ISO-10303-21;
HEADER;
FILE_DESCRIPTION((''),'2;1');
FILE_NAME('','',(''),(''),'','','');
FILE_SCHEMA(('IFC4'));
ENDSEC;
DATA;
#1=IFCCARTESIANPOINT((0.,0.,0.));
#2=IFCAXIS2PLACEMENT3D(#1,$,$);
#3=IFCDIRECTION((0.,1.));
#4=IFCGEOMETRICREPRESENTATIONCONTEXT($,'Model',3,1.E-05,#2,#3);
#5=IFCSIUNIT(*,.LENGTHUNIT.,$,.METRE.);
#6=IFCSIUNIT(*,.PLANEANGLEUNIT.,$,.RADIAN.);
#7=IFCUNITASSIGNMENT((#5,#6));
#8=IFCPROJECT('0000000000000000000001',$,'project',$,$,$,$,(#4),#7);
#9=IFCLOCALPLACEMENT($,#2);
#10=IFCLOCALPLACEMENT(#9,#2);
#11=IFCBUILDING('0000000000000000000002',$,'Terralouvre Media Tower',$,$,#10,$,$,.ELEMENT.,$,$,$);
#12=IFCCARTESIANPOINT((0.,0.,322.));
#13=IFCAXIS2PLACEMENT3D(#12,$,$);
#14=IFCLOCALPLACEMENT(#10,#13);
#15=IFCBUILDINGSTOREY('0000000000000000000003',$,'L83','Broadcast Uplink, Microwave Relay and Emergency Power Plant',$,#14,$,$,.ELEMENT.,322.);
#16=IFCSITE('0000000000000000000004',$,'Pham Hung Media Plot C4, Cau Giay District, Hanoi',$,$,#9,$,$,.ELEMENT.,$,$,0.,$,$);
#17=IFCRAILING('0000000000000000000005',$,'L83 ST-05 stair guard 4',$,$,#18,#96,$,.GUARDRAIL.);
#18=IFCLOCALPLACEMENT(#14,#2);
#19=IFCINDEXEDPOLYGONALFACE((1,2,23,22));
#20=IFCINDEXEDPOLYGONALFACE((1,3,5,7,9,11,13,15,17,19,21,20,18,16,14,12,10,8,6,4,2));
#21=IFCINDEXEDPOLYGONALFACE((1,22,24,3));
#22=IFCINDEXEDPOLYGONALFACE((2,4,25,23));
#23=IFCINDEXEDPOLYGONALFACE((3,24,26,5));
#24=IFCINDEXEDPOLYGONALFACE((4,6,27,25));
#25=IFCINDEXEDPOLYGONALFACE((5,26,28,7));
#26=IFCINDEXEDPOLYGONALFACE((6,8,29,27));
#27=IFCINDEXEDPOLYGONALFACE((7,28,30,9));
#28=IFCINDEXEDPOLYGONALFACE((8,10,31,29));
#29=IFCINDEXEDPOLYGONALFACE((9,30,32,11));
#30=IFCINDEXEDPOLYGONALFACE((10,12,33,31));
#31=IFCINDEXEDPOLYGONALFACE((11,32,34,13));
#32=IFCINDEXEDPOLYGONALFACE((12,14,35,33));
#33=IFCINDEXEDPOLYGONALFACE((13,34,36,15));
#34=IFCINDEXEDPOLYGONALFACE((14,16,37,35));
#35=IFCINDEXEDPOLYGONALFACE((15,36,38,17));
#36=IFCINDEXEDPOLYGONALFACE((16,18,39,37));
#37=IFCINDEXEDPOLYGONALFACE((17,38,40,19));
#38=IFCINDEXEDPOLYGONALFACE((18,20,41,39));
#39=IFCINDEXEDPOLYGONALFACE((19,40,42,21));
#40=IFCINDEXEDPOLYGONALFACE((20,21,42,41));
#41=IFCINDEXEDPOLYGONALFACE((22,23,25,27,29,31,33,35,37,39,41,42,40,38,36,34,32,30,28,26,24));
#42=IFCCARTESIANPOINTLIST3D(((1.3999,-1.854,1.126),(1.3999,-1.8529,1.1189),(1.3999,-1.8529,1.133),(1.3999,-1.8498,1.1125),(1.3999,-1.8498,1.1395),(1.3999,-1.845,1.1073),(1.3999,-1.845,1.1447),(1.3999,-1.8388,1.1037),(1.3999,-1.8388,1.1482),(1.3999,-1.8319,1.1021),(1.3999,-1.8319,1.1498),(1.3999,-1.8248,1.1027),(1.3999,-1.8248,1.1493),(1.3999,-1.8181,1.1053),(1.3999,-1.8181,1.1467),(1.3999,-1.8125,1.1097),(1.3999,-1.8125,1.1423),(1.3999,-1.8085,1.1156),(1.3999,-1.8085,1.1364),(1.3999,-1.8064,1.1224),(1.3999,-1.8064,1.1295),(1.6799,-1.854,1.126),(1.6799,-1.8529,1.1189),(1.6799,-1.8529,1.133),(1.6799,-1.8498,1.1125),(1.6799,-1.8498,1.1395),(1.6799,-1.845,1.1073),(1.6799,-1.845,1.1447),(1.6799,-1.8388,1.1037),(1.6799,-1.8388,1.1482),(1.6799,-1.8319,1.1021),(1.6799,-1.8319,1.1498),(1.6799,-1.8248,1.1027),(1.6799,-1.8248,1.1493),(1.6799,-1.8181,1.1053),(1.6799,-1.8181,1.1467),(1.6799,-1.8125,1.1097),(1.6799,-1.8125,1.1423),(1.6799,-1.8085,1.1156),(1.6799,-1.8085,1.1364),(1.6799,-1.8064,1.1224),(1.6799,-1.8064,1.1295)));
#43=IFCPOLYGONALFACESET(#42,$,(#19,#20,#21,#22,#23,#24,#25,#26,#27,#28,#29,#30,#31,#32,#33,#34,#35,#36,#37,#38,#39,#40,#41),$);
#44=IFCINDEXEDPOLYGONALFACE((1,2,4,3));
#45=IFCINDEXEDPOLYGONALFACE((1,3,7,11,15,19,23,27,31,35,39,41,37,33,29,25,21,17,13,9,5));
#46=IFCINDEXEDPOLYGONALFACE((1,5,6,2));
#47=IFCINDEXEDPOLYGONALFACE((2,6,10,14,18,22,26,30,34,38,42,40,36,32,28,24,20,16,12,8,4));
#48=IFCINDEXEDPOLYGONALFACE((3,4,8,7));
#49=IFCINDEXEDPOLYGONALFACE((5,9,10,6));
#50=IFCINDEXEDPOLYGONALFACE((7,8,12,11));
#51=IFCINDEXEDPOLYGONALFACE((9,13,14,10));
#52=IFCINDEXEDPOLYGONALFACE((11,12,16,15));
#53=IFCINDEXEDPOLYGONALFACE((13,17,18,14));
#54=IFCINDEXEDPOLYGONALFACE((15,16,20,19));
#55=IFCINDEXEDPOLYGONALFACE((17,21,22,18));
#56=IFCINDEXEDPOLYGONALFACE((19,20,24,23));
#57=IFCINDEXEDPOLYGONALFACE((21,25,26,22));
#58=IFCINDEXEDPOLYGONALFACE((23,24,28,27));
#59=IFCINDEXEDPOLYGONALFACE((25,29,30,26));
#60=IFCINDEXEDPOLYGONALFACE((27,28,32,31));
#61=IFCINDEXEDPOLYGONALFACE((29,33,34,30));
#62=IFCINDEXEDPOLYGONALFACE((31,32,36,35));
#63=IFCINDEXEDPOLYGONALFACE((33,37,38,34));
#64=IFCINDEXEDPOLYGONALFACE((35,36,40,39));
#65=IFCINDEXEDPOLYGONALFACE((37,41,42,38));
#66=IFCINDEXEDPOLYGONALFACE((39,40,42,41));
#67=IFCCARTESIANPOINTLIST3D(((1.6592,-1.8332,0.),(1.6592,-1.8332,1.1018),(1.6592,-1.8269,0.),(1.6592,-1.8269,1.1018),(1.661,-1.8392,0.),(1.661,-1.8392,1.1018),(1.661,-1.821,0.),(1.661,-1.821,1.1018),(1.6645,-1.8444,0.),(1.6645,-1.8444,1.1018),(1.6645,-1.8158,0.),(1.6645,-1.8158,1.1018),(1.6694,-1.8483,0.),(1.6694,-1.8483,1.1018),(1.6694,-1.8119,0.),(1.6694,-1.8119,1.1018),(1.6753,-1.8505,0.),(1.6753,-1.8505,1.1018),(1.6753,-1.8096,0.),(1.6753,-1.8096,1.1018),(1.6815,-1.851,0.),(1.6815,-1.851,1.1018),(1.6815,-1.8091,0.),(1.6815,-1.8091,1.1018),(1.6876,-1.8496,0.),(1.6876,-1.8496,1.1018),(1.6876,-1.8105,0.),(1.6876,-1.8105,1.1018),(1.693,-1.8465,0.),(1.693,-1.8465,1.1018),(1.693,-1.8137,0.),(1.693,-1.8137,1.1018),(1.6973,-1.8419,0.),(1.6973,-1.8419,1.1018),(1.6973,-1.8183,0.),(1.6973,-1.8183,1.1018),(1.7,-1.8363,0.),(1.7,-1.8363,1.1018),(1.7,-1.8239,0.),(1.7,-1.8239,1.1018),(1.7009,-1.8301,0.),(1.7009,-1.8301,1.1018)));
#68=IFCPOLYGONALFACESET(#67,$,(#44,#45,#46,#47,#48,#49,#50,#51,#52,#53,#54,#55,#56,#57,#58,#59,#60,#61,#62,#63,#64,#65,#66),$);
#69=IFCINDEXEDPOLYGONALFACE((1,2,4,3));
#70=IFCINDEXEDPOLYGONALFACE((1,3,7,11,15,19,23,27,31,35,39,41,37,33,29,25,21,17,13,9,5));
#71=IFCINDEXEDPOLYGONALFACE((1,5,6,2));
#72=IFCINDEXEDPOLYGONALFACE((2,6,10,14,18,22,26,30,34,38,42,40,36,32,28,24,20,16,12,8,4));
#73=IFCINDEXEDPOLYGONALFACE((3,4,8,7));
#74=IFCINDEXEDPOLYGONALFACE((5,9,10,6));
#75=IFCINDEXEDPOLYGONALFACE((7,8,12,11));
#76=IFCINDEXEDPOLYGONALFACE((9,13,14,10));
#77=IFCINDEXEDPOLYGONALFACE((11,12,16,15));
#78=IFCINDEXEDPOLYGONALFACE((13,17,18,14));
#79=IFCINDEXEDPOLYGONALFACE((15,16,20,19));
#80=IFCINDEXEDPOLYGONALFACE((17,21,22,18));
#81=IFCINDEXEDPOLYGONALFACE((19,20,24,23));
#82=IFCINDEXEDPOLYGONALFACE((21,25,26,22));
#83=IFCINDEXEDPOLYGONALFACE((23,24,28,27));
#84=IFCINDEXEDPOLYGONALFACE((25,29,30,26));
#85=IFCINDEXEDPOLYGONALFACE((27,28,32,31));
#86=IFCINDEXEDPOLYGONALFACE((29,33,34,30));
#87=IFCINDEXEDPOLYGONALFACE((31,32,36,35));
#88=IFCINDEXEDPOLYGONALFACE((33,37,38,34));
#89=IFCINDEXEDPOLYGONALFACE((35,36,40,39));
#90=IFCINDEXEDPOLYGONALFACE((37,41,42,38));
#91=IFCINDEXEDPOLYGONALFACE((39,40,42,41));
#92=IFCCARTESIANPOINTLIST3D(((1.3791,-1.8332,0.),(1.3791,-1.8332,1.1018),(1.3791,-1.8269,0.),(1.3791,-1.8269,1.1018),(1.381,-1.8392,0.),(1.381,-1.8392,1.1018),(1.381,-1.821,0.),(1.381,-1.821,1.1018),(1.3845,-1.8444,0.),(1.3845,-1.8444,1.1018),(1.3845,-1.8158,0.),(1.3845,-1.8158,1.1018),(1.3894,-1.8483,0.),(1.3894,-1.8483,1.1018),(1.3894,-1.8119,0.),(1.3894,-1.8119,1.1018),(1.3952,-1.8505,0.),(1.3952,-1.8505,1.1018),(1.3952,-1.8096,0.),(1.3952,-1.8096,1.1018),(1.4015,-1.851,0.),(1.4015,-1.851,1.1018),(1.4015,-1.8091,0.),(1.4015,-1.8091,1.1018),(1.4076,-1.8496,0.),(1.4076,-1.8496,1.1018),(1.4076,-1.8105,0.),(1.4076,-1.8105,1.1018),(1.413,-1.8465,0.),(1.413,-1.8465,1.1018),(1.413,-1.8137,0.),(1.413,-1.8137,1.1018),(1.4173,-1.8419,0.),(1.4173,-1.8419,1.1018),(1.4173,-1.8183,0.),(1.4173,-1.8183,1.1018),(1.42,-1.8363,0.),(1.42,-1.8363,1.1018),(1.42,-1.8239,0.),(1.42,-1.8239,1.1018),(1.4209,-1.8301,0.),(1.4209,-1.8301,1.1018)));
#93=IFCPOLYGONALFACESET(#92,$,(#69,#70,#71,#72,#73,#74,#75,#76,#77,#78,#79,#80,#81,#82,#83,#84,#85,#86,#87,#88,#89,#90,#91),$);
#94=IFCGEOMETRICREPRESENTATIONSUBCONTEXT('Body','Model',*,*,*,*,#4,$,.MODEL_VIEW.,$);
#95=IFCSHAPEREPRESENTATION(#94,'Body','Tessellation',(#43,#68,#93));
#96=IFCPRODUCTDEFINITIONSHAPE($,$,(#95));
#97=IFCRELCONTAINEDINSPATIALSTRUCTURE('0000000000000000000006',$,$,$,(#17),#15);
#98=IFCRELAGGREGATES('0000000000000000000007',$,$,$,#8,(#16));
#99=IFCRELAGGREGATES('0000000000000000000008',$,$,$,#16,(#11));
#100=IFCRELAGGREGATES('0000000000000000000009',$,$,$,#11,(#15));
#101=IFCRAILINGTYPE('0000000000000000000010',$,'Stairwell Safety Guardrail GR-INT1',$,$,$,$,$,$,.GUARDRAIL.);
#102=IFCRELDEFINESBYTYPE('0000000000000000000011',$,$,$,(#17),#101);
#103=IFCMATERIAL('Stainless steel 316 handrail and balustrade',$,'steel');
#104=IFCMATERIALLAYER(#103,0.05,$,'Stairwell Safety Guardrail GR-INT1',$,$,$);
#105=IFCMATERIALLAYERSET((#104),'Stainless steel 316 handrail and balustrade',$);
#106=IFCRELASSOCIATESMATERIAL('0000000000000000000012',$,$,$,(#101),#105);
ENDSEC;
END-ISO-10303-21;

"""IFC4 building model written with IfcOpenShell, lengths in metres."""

from ifc_helpers import new_model, si_unit, direction, frame, origin, origin_2d, place, context, subcontext, project, spatial, circle, extrude, material, layer, layer_set, type_object, element, save


model = new_model("IFC4")

# Units and contexts
model_context = context("Model", 3, precision=1e-05, world=origin(), true_north=direction((0.0, 1.0)))
body_context = subcontext(model_context, "Body", "Model", "MODEL_VIEW")
ifc_project = project(units=[si_unit("LENGTHUNIT", "METRE"), si_unit("PLANEANGLEUNIT", "RADIAN")], contexts=[model_context])

# Site, building, storey
site_placement = place(None, origin())
site = spatial("IfcSite", under=ifc_project, at=site_placement, Name="Pham Hung Media Plot C4, Cau Giay District, Hanoi", CompositionType="ELEMENT", RefElevation=0.0)
building_placement = place(site_placement, origin())
building = spatial("IfcBuilding", under=site, at=building_placement, Name="Terralouvre Media Tower", CompositionType="ELEMENT")
storey_placement = place(building_placement, frame((0.0, 0.0, 322.0)))
storey = spatial("IfcBuildingStorey", under=building, at=storey_placement, Name="L83", Description="Broadcast Uplink, Microwave Relay and Emergency Power Plant", CompositionType="ELEMENT", Elevation=322.0)

# Railing
ifc_material_1 = material(Name="Stainless steel 316 handrail and balustrade", Category="steel")
ifc_layer_1 = layer(ifc_material_1, 0.05, Name="Stairwell Safety Guardrail GR-INT1")
ifc_layer_set_1 = layer_set([ifc_layer_1], Name="Stainless steel 316 handrail and balustrade")
railing_type_1 = type_object("IfcRailingType", Name="Stairwell Safety Guardrail GR-INT1", PredefinedType="GUARDRAIL", material=ifc_layer_set_1)
railing_1_placement = place(storey_placement, frame((1.6799, -1.8301, 0.0)))
element("IfcRailing", 1, at=railing_1_placement, inside=storey, type_object=railing_type_1, Name="L83 ST-05 stair guard 4", PredefinedType="GUARDRAIL", context=body_context, shape_type="SweptSolid", body=[
    extrude(circle(Radius=0.0239, at=origin_2d()), frame((0.0, 0.0, 1.126), z_axis=(-1.0, 0.0, 0.0), x_axis=(0.0, -1.0, 0.0)), (0.0, 0.0, 1.0), 0.28),
    extrude(circle(Radius=0.021, at=origin_2d()), origin(), (0.0, 0.0, 1.0), 1.1018),
    extrude(circle(Radius=0.021, at=origin_2d()), frame((-0.28, 0.0, 0.0)), (0.0, 0.0, 1.0), 1.1018),
])

save(model, "model.ifc")
